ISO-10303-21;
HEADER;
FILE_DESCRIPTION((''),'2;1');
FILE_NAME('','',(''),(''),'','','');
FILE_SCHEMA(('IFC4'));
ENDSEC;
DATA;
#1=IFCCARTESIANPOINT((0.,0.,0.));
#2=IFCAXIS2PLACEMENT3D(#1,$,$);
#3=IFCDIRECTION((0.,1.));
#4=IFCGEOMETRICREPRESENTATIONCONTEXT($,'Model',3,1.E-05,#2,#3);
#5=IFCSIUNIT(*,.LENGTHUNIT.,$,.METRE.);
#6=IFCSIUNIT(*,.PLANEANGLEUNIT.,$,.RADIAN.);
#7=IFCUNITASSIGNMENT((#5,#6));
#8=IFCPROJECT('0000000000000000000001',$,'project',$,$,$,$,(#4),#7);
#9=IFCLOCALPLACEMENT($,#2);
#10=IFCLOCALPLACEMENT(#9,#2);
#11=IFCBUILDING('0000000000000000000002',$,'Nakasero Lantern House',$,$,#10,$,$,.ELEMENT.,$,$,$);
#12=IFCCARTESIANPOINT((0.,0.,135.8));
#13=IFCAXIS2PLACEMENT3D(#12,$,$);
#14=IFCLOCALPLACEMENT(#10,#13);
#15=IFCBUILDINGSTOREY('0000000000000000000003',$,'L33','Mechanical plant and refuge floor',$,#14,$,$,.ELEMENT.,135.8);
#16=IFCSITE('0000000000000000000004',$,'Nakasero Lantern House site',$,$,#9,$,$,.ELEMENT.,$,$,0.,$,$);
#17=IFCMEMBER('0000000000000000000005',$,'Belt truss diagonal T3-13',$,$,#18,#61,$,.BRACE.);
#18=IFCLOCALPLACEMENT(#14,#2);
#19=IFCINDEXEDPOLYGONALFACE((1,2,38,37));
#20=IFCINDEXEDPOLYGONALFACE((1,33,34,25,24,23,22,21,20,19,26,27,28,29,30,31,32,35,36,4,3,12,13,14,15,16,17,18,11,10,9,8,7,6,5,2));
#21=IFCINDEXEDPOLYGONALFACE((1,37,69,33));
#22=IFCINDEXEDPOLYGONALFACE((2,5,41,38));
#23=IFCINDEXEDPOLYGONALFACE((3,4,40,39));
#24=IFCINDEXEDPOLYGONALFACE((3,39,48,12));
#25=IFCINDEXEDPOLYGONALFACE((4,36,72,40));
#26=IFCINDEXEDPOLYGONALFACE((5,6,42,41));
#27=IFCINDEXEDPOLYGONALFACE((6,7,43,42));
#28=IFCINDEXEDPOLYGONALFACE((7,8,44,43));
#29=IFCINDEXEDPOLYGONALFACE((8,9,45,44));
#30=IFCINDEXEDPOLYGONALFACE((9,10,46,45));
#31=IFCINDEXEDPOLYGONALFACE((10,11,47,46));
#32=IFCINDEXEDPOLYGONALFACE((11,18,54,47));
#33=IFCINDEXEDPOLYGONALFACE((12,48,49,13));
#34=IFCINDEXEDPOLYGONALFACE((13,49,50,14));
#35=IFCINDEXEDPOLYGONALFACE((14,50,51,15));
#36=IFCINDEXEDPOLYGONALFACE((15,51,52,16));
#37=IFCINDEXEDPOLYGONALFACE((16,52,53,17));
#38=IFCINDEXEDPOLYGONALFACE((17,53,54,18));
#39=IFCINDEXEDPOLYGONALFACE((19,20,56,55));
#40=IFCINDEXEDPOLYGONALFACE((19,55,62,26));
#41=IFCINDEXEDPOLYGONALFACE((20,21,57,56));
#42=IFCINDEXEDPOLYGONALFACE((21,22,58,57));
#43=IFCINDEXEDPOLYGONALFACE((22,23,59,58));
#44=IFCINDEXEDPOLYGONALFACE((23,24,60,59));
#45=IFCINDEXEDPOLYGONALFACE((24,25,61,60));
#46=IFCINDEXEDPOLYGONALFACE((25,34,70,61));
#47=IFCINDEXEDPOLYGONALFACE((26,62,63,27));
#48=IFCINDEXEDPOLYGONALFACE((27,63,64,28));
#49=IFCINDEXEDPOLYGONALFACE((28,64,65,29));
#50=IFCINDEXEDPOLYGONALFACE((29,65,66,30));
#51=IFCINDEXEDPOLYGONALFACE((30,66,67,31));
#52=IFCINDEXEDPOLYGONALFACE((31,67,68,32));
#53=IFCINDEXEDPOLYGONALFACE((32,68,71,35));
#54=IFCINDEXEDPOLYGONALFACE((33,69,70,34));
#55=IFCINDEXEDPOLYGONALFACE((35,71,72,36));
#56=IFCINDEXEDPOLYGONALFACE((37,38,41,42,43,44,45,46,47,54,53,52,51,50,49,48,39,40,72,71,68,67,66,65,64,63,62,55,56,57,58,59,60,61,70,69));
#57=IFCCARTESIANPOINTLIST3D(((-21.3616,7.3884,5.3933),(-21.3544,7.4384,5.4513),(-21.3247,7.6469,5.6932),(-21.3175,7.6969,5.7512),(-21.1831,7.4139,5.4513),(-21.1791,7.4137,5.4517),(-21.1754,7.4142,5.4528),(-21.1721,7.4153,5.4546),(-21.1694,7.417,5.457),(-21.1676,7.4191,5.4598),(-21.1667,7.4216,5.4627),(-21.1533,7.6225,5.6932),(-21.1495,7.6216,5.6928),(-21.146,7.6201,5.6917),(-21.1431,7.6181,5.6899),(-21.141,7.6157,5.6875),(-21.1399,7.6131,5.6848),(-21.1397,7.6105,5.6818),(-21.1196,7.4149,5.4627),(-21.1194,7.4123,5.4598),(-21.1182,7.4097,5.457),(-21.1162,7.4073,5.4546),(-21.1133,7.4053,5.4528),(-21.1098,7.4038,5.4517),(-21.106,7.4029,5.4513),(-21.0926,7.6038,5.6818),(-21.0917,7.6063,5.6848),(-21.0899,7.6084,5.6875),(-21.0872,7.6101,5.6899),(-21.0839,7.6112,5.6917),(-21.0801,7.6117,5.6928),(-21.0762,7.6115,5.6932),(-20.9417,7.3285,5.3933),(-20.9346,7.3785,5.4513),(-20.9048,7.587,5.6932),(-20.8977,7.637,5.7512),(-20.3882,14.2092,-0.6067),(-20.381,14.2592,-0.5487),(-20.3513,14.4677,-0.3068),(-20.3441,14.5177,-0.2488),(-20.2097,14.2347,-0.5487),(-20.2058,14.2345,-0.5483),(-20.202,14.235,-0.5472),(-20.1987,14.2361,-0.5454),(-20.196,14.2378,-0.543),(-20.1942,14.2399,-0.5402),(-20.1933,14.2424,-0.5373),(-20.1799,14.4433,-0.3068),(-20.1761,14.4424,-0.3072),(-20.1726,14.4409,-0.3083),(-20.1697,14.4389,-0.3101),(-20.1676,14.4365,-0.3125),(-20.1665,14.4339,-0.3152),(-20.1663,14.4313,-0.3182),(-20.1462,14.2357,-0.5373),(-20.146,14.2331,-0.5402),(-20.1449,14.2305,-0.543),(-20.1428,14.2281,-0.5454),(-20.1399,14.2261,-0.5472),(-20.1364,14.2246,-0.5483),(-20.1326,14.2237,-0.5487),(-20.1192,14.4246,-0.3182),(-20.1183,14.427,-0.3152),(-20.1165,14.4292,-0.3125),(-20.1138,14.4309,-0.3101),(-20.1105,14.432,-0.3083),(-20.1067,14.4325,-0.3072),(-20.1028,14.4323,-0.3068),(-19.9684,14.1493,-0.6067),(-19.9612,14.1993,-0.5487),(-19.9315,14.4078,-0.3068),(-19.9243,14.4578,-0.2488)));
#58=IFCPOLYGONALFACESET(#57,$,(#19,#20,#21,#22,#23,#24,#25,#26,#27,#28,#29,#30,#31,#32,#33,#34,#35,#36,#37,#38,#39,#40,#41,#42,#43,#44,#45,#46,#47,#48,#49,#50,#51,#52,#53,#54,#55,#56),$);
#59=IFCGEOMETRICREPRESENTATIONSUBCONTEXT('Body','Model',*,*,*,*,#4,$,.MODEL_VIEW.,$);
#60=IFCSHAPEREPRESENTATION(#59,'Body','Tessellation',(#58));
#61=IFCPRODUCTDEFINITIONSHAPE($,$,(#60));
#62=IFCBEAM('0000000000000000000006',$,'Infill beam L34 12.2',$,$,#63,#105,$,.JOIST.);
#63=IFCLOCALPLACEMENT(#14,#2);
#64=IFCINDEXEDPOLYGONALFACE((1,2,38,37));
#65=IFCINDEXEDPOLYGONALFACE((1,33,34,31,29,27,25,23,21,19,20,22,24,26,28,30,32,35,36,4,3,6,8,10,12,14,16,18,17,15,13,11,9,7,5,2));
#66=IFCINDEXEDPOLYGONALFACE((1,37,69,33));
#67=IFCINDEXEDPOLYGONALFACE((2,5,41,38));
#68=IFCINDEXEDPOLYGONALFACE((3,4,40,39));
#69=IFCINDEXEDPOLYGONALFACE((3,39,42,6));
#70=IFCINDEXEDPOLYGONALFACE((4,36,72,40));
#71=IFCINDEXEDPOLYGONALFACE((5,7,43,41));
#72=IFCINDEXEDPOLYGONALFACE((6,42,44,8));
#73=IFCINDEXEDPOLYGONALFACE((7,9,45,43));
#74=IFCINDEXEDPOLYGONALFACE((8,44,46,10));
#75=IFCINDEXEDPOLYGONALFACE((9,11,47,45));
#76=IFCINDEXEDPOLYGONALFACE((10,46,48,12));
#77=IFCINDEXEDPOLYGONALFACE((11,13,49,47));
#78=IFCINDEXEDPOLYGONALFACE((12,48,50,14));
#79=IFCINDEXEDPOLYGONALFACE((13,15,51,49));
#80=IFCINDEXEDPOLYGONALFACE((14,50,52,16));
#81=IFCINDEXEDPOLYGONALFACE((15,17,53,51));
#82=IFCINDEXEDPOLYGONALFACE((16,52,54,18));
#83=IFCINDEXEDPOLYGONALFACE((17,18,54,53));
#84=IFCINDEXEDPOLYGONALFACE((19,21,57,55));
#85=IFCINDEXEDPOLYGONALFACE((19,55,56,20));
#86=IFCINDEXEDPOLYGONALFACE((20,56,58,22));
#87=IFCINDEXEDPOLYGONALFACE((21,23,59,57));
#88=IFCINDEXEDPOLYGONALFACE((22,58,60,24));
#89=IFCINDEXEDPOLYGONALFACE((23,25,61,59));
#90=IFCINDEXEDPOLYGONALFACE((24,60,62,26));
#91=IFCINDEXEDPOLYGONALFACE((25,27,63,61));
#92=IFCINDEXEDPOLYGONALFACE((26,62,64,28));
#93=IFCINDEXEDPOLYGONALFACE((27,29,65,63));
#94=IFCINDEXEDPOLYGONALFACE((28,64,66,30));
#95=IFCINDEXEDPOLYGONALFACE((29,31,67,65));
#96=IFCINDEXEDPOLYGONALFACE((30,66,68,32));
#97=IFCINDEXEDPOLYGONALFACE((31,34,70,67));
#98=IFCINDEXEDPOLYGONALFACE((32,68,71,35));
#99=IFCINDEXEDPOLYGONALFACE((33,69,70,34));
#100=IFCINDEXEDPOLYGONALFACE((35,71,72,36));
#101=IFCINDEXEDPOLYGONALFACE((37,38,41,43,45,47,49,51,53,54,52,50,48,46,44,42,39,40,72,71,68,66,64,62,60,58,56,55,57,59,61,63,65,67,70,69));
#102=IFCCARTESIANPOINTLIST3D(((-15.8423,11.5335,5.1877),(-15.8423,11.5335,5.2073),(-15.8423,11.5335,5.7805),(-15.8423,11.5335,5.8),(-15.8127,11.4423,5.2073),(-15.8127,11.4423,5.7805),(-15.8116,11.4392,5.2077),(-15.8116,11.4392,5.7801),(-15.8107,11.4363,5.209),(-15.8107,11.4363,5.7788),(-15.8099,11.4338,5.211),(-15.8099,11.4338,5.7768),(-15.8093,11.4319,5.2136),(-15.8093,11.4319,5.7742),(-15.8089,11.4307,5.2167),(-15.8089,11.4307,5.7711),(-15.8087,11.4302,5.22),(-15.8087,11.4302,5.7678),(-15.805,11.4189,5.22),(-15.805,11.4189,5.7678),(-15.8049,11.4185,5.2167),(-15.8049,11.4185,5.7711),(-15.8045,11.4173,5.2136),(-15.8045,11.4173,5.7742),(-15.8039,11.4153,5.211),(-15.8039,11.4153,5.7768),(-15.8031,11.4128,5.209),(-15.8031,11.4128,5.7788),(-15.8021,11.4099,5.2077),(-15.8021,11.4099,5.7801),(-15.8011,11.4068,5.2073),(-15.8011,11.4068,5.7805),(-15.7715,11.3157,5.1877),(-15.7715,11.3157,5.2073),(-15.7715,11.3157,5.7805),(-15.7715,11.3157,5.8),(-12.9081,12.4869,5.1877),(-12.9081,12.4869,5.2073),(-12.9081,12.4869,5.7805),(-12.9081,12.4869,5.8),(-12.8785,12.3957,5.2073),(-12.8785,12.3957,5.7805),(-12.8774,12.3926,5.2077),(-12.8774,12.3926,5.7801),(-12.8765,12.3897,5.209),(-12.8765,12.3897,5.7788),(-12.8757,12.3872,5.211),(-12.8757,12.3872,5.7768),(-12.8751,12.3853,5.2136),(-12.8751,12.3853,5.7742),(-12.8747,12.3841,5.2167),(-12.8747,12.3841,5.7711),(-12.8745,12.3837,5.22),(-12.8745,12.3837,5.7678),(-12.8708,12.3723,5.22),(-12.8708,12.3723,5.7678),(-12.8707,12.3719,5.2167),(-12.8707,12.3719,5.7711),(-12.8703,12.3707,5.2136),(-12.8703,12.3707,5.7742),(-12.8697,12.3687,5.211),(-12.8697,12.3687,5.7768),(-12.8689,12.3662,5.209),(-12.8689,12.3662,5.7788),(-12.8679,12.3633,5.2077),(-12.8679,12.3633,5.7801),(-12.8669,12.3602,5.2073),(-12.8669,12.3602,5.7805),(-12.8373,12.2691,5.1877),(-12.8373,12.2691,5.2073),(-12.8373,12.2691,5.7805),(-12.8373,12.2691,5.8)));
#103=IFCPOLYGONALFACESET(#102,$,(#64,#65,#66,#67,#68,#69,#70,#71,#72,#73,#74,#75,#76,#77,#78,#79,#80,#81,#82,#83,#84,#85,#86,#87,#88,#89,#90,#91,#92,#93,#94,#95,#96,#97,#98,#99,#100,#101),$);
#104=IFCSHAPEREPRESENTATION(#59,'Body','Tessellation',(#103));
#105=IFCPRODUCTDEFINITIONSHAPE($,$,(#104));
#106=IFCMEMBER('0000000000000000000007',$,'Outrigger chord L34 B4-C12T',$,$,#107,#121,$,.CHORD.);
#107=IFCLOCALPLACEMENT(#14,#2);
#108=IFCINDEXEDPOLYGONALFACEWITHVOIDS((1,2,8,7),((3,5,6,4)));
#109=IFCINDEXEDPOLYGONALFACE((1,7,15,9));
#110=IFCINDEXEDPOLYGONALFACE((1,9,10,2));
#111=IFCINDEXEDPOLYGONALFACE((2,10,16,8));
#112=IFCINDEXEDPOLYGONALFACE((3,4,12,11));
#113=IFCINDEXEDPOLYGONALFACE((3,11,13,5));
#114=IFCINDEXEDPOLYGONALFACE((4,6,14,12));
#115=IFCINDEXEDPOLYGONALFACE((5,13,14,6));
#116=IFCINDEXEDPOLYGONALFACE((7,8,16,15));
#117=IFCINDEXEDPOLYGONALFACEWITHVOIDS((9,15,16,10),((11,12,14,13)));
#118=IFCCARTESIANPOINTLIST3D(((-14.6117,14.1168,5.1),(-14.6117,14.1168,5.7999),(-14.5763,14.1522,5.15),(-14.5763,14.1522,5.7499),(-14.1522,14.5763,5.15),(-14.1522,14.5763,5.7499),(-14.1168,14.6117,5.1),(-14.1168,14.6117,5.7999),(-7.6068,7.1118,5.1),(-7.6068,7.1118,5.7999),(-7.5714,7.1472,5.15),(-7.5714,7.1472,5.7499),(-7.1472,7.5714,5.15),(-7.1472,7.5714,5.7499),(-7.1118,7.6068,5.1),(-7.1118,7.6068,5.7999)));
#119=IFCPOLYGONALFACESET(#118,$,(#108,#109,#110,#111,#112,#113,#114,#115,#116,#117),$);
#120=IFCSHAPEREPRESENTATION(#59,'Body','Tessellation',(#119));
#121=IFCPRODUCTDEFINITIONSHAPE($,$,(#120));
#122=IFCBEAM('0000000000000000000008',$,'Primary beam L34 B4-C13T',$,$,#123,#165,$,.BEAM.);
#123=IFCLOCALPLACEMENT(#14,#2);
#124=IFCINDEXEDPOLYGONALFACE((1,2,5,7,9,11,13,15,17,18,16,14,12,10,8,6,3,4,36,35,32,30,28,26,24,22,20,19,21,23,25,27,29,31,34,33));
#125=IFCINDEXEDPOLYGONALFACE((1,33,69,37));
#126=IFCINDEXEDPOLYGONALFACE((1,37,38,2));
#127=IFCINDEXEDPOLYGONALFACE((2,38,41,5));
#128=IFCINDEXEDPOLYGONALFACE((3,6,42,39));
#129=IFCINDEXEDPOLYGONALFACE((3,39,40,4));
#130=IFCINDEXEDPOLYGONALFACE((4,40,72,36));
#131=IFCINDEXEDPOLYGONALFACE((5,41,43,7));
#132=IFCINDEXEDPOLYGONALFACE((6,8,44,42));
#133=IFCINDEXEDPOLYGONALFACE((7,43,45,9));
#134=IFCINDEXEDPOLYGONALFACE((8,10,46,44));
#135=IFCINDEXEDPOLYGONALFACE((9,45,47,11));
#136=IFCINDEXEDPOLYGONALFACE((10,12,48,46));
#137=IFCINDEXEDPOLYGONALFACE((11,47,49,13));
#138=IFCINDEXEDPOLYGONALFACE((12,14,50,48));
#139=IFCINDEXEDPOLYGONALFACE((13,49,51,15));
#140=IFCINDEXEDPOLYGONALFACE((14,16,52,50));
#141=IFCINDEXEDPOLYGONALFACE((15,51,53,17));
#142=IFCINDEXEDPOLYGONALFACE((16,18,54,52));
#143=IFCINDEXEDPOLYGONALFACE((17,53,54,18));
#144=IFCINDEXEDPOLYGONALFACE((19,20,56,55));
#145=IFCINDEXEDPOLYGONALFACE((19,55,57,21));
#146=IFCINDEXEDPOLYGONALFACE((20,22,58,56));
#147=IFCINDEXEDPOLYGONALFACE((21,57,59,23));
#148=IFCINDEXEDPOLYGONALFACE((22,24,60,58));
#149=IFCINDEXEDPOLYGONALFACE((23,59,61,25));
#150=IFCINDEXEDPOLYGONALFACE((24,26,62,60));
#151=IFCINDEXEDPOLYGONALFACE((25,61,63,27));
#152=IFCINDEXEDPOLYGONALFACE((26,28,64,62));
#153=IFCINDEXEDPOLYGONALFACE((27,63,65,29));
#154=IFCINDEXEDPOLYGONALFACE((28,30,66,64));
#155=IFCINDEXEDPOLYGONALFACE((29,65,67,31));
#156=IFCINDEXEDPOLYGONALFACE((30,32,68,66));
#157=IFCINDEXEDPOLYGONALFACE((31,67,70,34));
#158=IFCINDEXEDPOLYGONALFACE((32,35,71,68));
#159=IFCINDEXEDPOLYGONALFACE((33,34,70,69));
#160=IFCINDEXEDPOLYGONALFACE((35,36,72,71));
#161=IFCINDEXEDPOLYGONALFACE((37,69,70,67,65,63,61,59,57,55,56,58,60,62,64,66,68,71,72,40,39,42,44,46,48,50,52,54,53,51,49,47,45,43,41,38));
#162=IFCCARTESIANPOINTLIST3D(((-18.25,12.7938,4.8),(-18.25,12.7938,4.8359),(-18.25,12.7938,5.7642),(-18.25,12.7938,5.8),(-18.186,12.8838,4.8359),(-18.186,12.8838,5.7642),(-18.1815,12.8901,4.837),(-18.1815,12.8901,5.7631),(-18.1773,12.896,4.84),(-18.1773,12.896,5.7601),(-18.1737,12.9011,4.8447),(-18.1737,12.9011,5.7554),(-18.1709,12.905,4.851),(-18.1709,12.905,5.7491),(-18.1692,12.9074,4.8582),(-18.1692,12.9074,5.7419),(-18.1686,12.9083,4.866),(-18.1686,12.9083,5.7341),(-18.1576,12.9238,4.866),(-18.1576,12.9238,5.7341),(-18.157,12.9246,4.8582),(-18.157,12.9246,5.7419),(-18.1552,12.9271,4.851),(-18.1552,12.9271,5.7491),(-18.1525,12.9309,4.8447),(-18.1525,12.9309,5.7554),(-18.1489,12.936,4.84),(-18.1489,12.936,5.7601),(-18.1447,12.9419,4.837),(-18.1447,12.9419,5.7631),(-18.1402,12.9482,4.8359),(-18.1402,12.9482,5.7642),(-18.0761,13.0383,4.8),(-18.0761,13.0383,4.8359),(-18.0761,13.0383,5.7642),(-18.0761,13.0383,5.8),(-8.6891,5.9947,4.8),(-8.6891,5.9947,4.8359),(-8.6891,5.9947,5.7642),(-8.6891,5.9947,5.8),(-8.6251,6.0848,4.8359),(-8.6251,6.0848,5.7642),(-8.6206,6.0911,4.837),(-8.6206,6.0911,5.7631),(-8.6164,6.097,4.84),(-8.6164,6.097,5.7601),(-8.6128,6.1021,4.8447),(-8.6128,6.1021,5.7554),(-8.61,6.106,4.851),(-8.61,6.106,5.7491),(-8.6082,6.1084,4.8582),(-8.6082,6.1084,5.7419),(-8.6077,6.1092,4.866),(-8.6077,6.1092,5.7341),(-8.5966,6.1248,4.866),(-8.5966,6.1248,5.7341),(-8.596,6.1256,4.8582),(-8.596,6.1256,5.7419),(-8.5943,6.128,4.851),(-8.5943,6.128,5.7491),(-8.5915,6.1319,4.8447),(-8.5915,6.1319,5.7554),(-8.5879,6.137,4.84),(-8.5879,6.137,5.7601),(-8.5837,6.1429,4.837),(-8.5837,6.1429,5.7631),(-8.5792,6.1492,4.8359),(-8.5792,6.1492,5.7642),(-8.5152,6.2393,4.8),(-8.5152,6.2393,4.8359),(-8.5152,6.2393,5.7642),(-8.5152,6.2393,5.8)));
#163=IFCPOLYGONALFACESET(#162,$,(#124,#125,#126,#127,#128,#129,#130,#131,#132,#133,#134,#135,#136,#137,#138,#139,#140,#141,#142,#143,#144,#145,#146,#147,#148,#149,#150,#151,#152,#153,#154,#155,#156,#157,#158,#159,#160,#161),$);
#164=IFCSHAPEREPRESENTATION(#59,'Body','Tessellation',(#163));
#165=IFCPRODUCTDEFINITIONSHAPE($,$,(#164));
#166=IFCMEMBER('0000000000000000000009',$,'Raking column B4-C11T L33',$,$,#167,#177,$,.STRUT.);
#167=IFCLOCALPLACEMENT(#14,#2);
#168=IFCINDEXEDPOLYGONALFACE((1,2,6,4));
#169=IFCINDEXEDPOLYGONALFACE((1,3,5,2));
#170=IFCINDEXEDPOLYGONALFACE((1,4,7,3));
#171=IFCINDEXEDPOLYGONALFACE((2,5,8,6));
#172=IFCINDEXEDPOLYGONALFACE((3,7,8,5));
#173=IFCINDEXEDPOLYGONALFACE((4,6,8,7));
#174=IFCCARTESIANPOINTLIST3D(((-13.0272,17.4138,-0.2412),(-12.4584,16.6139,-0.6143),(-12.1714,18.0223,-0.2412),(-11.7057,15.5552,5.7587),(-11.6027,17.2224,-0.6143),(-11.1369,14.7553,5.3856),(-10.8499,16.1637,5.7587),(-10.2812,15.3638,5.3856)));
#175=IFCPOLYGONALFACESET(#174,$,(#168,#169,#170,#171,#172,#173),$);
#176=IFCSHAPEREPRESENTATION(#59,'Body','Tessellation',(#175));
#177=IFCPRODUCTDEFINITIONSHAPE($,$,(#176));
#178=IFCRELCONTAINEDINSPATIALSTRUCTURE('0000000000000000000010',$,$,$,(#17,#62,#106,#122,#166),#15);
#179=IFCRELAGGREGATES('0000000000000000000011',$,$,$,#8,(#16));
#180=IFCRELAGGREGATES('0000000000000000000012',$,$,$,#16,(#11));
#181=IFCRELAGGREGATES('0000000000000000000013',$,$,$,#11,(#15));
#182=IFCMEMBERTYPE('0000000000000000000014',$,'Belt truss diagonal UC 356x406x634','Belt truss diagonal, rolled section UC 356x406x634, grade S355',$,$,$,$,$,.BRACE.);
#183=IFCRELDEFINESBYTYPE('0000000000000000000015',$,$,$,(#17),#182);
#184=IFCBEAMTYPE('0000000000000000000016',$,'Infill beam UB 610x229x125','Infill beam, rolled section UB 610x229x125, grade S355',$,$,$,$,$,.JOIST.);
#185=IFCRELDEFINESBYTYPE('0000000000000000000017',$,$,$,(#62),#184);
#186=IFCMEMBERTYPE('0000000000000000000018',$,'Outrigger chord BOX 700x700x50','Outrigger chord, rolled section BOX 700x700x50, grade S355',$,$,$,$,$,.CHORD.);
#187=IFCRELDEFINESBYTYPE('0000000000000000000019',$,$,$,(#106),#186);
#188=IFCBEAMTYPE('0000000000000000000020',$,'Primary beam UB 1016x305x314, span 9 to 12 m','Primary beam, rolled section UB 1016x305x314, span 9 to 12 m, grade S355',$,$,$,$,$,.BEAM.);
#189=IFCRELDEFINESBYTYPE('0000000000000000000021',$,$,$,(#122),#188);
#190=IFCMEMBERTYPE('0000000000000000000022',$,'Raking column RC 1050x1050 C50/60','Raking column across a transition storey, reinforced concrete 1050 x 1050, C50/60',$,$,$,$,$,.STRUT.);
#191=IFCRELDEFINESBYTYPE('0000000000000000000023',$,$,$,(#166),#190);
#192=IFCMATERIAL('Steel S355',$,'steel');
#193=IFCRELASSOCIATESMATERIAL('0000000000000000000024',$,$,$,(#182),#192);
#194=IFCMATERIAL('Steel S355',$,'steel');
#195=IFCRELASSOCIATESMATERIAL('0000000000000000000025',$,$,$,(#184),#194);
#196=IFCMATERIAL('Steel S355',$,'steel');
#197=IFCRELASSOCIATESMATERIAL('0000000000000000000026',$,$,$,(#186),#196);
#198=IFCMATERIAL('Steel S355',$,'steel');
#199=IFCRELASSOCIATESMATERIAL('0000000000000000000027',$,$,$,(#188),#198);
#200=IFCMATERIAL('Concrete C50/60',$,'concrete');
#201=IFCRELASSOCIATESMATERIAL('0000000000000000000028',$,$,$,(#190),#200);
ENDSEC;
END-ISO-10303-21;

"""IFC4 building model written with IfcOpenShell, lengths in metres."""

from ifc_helpers import new_model, si_unit, direction, frame, origin, origin_2d, place, context, subcontext, project, spatial, rectangle, hollow_rectangle, i_section, extrude, material, material_profile, profile_set, type_object, element, save


model = new_model("IFC4")

# Units and contexts
model_context = context("Model", 3, precision=1e-05, world=origin(), true_north=direction((0.0, 1.0)))
body_context = subcontext(model_context, "Body", "Model", "MODEL_VIEW")
ifc_project = project(units=[si_unit("LENGTHUNIT", "METRE"), si_unit("PLANEANGLEUNIT", "RADIAN")], contexts=[model_context])

# Site, building, storey
site_placement = place(None, origin())
site = spatial("IfcSite", under=ifc_project, at=site_placement, Name="Nakasero Lantern House site", CompositionType="ELEMENT", RefElevation=0.0)
building_placement = place(site_placement, origin())
building = spatial("IfcBuilding", under=site, at=building_placement, Name="Nakasero Lantern House", CompositionType="ELEMENT")
storey_placement = place(building_placement, frame((0.0, 0.0, 135.8)))
storey = spatial("IfcBuildingStorey", under=building, at=storey_placement, Name="L33", Description="Mechanical plant and refuge floor", CompositionType="ELEMENT", Elevation=135.8)

# Member
ifc_material_1 = material(Name="Steel S355", Category="steel")
ifc_material_profile_1 = material_profile(ifc_material_1, i_section(OverallWidth=0.4241, OverallDepth=0.4746, WebThickness=0.0476, FlangeThickness=0.0769, FilletRadius=0.0151, at=origin_2d()), Name="UC 356x406x634")
ifc_profile_set_1 = profile_set([ifc_material_profile_1], Name="Steel S355")
member_type_1 = type_object("IfcMemberType", Name="Belt truss diagonal UC 356x406x634", Description="Belt truss diagonal, rolled section UC 356x406x634, grade S355", PredefinedType="BRACE", material=ifc_profile_set_1)
member_1_placement = place(storey_placement, frame((-20.1562, 14.3335, -0.4277), z_axis=(-0.106542, -0.746566, 0.656726), x_axis=(0.98997, -0.141277, 0.0)))
element("IfcMember", 1, at=member_1_placement, inside=storey, type_object=member_type_1, Name="Belt truss diagonal T3-13", PredefinedType="BRACE", context=body_context, shape_type="SweptSolid", body=[
    extrude(i_section(OverallWidth=0.4241, OverallDepth=0.4746, WebThickness=0.0476, FlangeThickness=0.0769, FilletRadius=0.0151, at=origin_2d()), origin(), (0.0, 0.0, 1.0), 9.1362),
])

# Beam
ifc_material_2 = material(Name="Steel S355", Category="steel")
ifc_material_profile_2 = material_profile(ifc_material_2, i_section(OverallWidth=0.229, OverallDepth=0.6123, WebThickness=0.012, FlangeThickness=0.0195, FilletRadius=0.0127, at=origin_2d()), Name="UB 610x229x125")
ifc_profile_set_2 = profile_set([ifc_material_profile_2], Name="Steel S355")
beam_type_1 = type_object("IfcBeamType", Name="Infill beam UB 610x229x125", Description="Infill beam, rolled section UB 610x229x125, grade S355", PredefinedType="JOIST", material=ifc_profile_set_2)
beam_1_placement = place(storey_placement, frame((-15.8069, 11.4246, 5.4939), z_axis=(0.951054, 0.309025, 0.0), x_axis=(-0.309025, 0.951054, 0.0)))
element("IfcBeam", 2, at=beam_1_placement, inside=storey, type_object=beam_type_1, Name="Infill beam L34 12.2", PredefinedType="JOIST", context=body_context, shape_type="SweptSolid", body=[
    extrude(i_section(OverallWidth=0.229, OverallDepth=0.6123, WebThickness=0.012, FlangeThickness=0.0195, FilletRadius=0.0127, at=origin_2d()), origin(), (0.0, 0.0, 1.0), 3.0852),
])

# Member
ifc_material_3 = material(Name="Steel S355", Category="steel")
ifc_material_profile_3 = material_profile(ifc_material_3, hollow_rectangle(XDim=0.7, YDim=0.7, WallThickness=0.05, at=origin_2d()), Name="BOX 700x700x50")
ifc_profile_set_3 = profile_set([ifc_material_profile_3], Name="Steel S355")
member_type_2 = type_object("IfcMemberType", Name="Outrigger chord BOX 700x700x50", Description="Outrigger chord, rolled section BOX 700x700x50, grade S355", PredefinedType="CHORD", material=ifc_profile_set_3)
member_2_placement = place(storey_placement, frame((-14.3643, 14.3643, 5.45), z_axis=(0.707107, -0.707107, 0.0), x_axis=(0.707107, 0.707107, 0.0)))
element("IfcMember", 3, at=member_2_placement, inside=storey, type_object=member_type_2, Name="Outrigger chord L34 B4-C12T", PredefinedType="CHORD", context=body_context, shape_type="SweptSolid", body=[
    extrude(hollow_rectangle(XDim=0.7, YDim=0.7, WallThickness=0.05, at=origin_2d()), origin(), (0.0, 0.0, 1.0), 9.9065),
])

# Beam
ifc_material_4 = material(Name="Steel S355", Category="steel")
ifc_material_profile_4 = material_profile(ifc_material_4, i_section(OverallWidth=0.3, OverallDepth=1.0, WebThickness=0.019, FlangeThickness=0.0359, FilletRadius=0.03, at=origin_2d()), Name="UB 1016x305x314")
ifc_profile_set_4 = profile_set([ifc_material_profile_4], Name="Steel S355")
beam_type_2 = type_object("IfcBeamType", Name="Primary beam UB 1016x305x314, span 9 to 12 m", Description="Primary beam, rolled section UB 1016x305x314, span 9 to 12 m, grade S355", PredefinedType="BEAM", material=ifc_profile_set_4)
beam_2_placement = place(storey_placement, frame((-18.1631, 12.916, 5.3), z_axis=(0.814951, -0.57953, 0.0), x_axis=(0.57953, 0.814951, 0.0)))
element("IfcBeam", 4, at=beam_2_placement, inside=storey, type_object=beam_type_2, Name="Primary beam L34 B4-C13T", PredefinedType="BEAM", context=body_context, shape_type="SweptSolid", body=[
    extrude(i_section(OverallWidth=0.3, OverallDepth=1.0, WebThickness=0.019, FlangeThickness=0.0359, FilletRadius=0.03, at=origin_2d()), origin(), (0.0, 0.0, 1.0), 11.7319),
])

# Member
ifc_material_5 = material(Name="Concrete C50/60", Category="concrete")
ifc_material_profile_5 = material_profile(ifc_material_5, rectangle(XDim=1.05, YDim=1.05, at=origin_2d()), Name="RC 1050x1050")
ifc_profile_set_5 = profile_set([ifc_material_profile_5], Name="Concrete C50/60")
member_type_3 = type_object("IfcMemberType", Name="Raking column RC 1050x1050 C50/60", Description="Raking column across a transition storey, reinforced concrete 1050 x 1050, C50/60", PredefinedType="STRUT", material=ifc_profile_set_5)
member_3_placement = place(storey_placement, frame((-12.3149, 17.3181, -0.4277), z_axis=(0.205885, -0.289562, 0.934754), x_axis=(0.81499, 0.579475, 0.0)))
element("IfcMember", 5, at=member_3_placement, inside=storey, type_object=member_type_3, Name="Raking column B4-C11T L33", PredefinedType="STRUT", context=body_context, shape_type="SweptSolid", body=[
    extrude(rectangle(XDim=1.05, YDim=1.05, at=origin_2d()), origin(), (0.0, 0.0, 1.0), 6.4187),
])

save(model, "model.ifc")
